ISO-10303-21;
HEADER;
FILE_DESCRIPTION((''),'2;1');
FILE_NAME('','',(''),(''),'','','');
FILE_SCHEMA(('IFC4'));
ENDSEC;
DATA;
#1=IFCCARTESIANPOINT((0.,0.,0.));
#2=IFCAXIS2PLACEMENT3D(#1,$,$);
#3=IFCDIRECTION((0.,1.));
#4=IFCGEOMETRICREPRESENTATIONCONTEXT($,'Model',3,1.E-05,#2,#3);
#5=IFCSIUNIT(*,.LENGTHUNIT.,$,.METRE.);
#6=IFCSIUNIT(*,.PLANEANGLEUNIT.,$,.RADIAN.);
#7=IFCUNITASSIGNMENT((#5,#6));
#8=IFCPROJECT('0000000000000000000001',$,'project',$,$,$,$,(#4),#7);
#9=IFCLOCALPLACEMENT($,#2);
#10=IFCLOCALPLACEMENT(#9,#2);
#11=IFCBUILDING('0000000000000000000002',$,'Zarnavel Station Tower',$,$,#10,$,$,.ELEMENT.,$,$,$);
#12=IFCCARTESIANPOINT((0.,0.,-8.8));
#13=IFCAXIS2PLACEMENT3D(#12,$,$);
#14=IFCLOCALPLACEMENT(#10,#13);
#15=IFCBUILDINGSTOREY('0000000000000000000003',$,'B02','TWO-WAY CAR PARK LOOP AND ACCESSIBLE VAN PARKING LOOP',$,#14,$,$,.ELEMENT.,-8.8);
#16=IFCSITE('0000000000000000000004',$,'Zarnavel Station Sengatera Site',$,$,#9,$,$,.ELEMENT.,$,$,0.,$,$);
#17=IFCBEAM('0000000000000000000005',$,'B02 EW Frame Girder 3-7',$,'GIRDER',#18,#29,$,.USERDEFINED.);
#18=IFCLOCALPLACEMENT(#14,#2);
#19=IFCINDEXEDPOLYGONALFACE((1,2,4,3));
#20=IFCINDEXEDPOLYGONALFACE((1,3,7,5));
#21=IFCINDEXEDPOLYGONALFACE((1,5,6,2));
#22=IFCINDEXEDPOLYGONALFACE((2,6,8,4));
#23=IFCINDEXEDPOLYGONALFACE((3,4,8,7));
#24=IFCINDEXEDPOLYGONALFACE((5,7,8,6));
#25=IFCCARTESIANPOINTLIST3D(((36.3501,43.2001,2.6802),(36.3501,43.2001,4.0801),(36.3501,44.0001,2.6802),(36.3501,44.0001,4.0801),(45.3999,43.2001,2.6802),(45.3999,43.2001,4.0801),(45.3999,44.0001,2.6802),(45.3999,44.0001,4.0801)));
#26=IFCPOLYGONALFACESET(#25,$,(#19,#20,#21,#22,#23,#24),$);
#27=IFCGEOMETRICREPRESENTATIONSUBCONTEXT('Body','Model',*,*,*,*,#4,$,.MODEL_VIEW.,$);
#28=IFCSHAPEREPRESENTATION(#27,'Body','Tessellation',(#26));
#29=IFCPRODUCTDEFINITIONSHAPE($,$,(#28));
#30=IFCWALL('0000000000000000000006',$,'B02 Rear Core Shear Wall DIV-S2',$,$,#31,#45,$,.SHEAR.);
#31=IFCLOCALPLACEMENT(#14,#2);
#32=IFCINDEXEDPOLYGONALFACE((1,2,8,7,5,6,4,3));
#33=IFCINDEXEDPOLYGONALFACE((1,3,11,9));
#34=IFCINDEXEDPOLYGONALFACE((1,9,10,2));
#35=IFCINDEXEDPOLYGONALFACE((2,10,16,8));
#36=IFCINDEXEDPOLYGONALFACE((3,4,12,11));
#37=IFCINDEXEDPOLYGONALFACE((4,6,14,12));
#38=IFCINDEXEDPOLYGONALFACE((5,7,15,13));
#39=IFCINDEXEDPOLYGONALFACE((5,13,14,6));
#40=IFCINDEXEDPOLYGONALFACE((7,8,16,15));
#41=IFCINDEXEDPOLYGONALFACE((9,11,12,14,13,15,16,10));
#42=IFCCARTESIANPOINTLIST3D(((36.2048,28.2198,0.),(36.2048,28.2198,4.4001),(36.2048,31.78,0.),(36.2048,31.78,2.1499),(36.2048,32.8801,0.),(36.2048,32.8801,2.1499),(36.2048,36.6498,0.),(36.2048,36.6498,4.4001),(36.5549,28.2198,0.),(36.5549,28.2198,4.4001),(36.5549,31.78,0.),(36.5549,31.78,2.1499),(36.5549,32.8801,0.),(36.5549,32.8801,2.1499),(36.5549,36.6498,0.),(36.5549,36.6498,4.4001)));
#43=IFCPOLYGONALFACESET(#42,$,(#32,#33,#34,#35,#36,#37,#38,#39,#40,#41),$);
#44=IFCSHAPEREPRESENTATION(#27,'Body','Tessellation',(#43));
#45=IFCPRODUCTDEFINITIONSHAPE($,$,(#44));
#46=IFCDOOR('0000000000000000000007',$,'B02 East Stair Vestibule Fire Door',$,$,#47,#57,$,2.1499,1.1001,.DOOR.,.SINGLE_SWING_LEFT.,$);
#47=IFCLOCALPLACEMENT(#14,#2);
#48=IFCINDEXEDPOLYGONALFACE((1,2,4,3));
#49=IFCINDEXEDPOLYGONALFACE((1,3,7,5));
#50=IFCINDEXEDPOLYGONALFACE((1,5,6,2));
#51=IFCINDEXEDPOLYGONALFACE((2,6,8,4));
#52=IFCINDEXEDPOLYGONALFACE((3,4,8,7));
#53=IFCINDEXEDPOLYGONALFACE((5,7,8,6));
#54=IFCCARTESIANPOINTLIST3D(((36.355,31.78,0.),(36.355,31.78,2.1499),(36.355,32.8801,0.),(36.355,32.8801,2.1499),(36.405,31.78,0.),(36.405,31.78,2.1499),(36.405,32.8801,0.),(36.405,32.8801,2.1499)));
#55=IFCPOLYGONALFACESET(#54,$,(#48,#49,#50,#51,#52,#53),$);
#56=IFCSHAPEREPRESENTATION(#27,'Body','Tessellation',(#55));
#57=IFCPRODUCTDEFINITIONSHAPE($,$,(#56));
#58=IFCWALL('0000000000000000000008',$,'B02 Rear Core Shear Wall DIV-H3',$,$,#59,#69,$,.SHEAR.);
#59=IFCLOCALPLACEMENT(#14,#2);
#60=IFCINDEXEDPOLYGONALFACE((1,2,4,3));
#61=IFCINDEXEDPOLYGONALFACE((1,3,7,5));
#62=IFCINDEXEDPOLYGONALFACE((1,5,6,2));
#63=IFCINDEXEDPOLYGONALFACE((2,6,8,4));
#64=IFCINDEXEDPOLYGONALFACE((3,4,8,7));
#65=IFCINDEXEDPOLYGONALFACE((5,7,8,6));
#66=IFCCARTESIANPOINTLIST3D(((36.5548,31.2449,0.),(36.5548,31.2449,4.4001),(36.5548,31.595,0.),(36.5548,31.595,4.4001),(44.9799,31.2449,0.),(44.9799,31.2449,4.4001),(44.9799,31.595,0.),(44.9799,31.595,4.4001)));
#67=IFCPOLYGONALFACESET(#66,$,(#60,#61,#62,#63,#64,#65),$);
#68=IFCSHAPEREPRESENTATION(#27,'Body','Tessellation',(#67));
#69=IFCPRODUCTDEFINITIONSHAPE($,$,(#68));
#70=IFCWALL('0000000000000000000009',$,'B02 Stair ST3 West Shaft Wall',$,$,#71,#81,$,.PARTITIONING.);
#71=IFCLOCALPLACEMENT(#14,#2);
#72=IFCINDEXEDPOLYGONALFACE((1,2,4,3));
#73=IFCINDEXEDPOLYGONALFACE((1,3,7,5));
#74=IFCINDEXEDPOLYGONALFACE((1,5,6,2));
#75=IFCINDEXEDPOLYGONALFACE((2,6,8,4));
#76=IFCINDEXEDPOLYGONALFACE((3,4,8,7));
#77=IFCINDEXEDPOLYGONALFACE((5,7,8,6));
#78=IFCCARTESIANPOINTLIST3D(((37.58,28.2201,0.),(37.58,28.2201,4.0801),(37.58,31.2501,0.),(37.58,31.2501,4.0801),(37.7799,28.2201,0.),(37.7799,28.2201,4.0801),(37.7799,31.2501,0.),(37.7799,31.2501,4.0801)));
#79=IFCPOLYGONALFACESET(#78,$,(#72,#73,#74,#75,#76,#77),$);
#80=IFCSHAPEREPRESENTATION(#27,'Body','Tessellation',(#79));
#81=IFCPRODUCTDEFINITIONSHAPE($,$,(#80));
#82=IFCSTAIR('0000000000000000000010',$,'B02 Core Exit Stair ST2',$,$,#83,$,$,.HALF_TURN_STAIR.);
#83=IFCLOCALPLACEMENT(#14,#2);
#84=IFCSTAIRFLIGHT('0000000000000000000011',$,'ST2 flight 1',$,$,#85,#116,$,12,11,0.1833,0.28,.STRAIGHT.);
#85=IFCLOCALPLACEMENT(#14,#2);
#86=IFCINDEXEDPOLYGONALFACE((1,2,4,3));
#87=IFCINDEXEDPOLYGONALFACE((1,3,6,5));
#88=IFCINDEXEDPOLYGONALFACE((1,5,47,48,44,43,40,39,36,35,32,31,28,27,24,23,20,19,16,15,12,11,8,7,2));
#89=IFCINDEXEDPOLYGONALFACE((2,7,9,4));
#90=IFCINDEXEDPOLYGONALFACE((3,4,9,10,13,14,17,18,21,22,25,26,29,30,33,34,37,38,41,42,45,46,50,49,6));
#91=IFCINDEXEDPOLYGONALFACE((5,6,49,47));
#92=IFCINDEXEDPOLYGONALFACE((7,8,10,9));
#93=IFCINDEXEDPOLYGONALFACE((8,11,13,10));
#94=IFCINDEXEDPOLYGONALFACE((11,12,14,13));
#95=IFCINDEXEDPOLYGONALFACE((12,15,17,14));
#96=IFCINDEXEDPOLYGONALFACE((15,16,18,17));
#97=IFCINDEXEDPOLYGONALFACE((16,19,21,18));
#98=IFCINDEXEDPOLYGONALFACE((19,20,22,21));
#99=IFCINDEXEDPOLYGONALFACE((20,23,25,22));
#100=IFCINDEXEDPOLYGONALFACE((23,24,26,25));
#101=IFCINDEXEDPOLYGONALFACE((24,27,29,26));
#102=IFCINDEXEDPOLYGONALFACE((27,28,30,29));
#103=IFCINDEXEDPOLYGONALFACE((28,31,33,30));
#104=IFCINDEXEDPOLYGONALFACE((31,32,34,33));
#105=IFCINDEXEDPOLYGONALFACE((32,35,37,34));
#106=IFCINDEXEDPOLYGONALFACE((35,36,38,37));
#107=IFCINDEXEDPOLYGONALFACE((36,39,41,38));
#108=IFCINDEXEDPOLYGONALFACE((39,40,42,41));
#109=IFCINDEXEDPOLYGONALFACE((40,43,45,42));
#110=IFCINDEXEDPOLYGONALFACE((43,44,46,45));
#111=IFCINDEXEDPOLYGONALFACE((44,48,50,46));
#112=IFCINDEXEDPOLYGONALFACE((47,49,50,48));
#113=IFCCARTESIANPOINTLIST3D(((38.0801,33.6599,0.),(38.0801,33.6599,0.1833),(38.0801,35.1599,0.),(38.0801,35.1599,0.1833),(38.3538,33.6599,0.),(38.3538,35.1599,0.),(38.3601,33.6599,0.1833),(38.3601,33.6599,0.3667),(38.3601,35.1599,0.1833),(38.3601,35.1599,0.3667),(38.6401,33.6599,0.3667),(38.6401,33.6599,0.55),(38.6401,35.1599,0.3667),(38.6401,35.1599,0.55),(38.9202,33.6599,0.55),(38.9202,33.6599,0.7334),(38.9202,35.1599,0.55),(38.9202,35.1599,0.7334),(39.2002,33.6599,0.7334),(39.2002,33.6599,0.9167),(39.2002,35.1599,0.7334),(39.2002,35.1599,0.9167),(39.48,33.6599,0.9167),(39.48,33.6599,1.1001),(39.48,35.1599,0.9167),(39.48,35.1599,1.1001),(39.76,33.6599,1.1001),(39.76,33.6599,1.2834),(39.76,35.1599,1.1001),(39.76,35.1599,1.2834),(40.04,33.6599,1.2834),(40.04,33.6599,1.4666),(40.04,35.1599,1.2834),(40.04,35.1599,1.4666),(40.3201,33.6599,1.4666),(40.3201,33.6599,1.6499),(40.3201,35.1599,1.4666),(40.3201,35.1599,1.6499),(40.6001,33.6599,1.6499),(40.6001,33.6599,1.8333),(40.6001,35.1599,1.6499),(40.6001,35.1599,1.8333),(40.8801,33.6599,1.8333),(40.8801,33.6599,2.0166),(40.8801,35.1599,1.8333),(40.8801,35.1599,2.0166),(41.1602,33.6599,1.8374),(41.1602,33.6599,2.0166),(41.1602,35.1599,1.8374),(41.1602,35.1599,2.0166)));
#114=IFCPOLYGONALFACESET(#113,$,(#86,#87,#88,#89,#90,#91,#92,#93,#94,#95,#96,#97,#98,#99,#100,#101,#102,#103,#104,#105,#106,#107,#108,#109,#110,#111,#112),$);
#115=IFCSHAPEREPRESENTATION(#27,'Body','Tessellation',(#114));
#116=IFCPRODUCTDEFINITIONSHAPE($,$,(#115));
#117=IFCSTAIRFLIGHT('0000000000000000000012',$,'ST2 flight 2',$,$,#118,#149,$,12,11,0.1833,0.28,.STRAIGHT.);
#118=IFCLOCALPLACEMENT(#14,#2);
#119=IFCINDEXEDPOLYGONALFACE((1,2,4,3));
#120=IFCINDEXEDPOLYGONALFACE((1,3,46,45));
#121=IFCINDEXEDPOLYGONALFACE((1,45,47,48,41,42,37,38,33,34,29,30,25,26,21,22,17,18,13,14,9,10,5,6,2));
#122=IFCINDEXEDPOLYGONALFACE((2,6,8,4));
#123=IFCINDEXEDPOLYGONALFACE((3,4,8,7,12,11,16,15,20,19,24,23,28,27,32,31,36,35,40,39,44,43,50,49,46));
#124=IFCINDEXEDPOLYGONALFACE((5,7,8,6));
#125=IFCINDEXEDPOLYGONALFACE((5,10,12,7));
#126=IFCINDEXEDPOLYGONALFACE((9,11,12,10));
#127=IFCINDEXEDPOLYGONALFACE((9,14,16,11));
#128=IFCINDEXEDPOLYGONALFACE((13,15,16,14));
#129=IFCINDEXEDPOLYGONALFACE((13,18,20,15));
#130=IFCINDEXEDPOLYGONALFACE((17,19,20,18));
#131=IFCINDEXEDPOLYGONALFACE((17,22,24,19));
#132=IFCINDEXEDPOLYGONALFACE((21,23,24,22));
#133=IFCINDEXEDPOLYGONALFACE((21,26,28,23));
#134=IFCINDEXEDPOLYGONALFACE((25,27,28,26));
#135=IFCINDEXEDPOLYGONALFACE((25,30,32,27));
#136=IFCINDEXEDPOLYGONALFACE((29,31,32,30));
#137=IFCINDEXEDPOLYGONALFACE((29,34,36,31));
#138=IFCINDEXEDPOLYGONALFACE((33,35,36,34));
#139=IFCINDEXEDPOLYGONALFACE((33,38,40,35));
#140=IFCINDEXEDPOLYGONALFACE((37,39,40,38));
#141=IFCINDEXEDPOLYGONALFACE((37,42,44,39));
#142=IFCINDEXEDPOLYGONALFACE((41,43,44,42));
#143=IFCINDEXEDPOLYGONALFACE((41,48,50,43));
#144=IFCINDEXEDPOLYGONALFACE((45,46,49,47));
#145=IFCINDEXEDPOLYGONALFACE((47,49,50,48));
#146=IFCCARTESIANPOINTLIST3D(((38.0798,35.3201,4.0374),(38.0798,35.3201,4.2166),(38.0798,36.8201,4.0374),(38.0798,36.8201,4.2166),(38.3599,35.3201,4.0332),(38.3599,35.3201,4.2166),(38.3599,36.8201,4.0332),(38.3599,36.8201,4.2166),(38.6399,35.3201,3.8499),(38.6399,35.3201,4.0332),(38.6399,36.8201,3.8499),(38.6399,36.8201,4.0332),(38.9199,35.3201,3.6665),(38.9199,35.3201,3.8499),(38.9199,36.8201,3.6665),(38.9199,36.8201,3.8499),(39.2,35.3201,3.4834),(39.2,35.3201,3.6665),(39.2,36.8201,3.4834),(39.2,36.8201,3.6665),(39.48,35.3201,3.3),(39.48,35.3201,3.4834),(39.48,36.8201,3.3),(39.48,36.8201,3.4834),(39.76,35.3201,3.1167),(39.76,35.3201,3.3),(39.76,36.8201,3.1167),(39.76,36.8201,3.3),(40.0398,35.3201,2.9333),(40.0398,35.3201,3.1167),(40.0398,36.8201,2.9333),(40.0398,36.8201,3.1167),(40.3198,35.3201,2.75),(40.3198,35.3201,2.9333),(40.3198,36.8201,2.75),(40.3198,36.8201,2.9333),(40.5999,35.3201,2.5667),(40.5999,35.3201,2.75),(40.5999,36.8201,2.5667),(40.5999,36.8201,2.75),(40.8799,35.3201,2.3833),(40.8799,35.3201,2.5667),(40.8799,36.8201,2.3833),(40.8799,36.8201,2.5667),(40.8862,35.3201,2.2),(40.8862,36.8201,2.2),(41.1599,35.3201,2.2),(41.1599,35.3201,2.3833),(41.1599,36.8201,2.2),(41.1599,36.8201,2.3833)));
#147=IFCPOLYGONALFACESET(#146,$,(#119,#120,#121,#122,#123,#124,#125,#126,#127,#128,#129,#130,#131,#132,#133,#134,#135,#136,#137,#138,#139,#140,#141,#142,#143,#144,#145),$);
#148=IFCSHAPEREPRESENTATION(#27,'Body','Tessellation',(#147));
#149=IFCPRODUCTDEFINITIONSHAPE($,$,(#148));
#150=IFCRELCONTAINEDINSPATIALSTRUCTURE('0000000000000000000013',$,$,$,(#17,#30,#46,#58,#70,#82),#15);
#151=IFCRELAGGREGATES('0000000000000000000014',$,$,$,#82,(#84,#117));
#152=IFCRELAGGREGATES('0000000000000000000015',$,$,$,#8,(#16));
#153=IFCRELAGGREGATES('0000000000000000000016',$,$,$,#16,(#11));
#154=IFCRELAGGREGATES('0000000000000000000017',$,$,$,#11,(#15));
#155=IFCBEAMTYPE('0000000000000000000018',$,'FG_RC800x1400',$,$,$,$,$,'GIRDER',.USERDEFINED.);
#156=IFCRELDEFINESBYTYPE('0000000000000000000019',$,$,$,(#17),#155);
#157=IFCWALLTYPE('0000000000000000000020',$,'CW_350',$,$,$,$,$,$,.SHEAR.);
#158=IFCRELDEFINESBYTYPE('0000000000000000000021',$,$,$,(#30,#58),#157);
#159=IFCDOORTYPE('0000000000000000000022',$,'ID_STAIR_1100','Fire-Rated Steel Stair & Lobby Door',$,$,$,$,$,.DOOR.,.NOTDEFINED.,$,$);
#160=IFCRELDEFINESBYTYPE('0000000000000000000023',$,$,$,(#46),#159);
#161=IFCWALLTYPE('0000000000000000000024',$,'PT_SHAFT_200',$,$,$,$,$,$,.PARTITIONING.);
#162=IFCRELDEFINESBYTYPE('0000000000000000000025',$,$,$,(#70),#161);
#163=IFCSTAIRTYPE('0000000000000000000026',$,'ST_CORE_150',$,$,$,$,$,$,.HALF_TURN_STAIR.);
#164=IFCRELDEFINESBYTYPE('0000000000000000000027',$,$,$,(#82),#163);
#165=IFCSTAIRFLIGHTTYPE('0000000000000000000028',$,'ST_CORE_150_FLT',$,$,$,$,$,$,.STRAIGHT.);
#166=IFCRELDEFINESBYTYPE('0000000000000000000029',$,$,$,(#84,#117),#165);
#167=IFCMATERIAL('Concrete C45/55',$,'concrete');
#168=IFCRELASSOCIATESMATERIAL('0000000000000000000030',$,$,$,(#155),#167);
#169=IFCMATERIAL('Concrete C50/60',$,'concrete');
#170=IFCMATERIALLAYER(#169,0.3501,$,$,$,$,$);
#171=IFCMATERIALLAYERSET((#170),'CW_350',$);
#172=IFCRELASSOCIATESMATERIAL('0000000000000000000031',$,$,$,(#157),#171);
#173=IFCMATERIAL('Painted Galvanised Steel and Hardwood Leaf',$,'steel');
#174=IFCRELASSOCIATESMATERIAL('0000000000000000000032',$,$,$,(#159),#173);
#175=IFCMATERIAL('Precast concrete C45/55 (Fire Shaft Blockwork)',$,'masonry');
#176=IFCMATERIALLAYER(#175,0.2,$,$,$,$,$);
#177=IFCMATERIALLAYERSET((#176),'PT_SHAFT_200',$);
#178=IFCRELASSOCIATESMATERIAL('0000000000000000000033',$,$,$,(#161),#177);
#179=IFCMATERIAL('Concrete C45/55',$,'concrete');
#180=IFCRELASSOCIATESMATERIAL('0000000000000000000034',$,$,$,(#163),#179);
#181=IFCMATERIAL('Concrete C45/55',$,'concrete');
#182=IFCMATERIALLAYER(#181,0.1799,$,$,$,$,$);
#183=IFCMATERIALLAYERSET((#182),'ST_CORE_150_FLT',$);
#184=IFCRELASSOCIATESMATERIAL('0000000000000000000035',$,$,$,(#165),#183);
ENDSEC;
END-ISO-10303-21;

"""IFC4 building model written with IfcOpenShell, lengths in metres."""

from ifc_helpers import new_model, si_unit, direction, frame, frame_2d, origin, origin_2d, place, context, subcontext, project, spatial, polyline, rectangle, outline, extrude, material, layer, layer_set, material_profile, profile_set, type_object, element, fill, aggregate, save


model = new_model("IFC4")

# Units and contexts
model_context = context("Model", 3, precision=1e-05, world=origin(), true_north=direction((0.0, 1.0)))
body_context = subcontext(model_context, "Body", "Model", "MODEL_VIEW")
ifc_project = project(units=[si_unit("LENGTHUNIT", "METRE"), si_unit("PLANEANGLEUNIT", "RADIAN")], contexts=[model_context])

# Site, building, storey
site_placement = place(None, origin())
site = spatial("IfcSite", under=ifc_project, at=site_placement, Name="Zarnavel Station Sengatera Site", CompositionType="ELEMENT", RefElevation=0.0)
building_placement = place(site_placement, origin())
building = spatial("IfcBuilding", under=site, at=building_placement, Name="Zarnavel Station Tower", CompositionType="ELEMENT")
storey_placement = place(building_placement, frame((0.0, 0.0, -8.8)))
storey = spatial("IfcBuildingStorey", under=building, at=storey_placement, Name="B02", Description="TWO-WAY CAR PARK LOOP AND ACCESSIBLE VAN PARKING LOOP", CompositionType="ELEMENT", Elevation=-8.8)

# Beam
ifc_material_1 = material(Name="Concrete C45/55", Category="concrete")
ifc_material_profile = material_profile(ifc_material_1, rectangle(XDim=0.8, YDim=1.3999, at=origin_2d()), Name="RC800x1400")
ifc_profile_set = profile_set([ifc_material_profile], Name="Concrete C45/55")
beam_type = type_object("IfcBeamType", Name="FG_RC800x1400", ElementType="GIRDER", PredefinedType="USERDEFINED", material=ifc_profile_set)
beam_placement = place(storey_placement, frame((36.3501, 43.6001, 3.3801), z_axis=(1.0, 0.0, 0.0), x_axis=(0.0, 1.0, 0.0)))
element("IfcBeam", 1, at=beam_placement, inside=storey, type_object=beam_type, Name="B02 EW Frame Girder 3-7", ObjectType="GIRDER", PredefinedType="USERDEFINED", context=body_context, shape_type="SweptSolid", body=[
    extrude(rectangle(XDim=0.8, YDim=1.3999, at=origin_2d()), origin(), (0.0, 0.0, 1.0), 9.0498),
])

# Wall, opening, door
ifc_material_2 = material(Name="Concrete C50/60", Category="concrete")
ifc_layer_1 = layer(ifc_material_2, 0.3501)
ifc_layer_set_1 = layer_set([ifc_layer_1], Name="CW_350")
wall_type_1 = type_object("IfcWallType", Name="CW_350", PredefinedType="SHEAR", material=ifc_layer_set_1)
wall_1_placement = place(storey_placement, frame((36.3799, 28.22, 0.0), z_axis=(0.0, 0.0, 1.0), x_axis=(0.0, 1.0, 0.0)))
wall_1 = element("IfcWall", 2, at=wall_1_placement, inside=storey, type_object=wall_type_1, Name="B02 Rear Core Shear Wall DIV-S2", PredefinedType="SHEAR", context=body_context, shape_type="SweptSolid", body=[
    extrude(rectangle(XDim=8.4299, YDim=0.3501, at=frame_2d((4.2148, 0.0))), origin(), (0.0, 0.0, 1.0), 4.4001),
])
opening_1_placement = place(wall_1_placement, frame((3.5601, 0.0, 0.0)))
opening_1 = element("IfcOpeningElement", 3, at=opening_1_placement, cuts=wall_1, PredefinedType="OPENING", context=body_context, shape_type="SweptSolid", body=[
    extrude(rectangle(XDim=1.1001, YDim=2.1499, at=frame_2d((0.55, 1.075))), frame((0.0, 0.1851, 0.0), z_axis=(0.0, -1.0, 0.0), x_axis=(1.0, 0.0, 0.0)), (0.0, 0.0, 1.0), 0.3701),
])
ifc_material_3 = material(Name="Painted Galvanised Steel and Hardwood Leaf", Category="steel")
door_type_1 = type_object("IfcDoorType", Name="ID_STAIR_1100", Description="Fire-Rated Steel Stair & Lobby Door", OperationType="NOTDEFINED", PredefinedType="DOOR", material=ifc_material_3)
door_1_placement = place(opening_1_placement, origin())
door_1 = element("IfcDoor", 4, at=door_1_placement, inside=storey, type_object=door_type_1, Name="B02 East Stair Vestibule Fire Door", OperationType="SINGLE_SWING_LEFT", OverallHeight=2.1499, OverallWidth=1.1001, PredefinedType="DOOR", context=body_context, shape_type="SweptSolid", body=[
    extrude(rectangle(XDim=1.1001, YDim=2.1499, at=frame_2d((0.55, 1.075))), frame((0.0, 0.0249, 0.0), z_axis=(0.0, -1.0, 0.0), x_axis=(1.0, 0.0, 0.0)), (0.0, 0.0, 1.0), 0.05),
])
fill(opening_1, door_1)

# Walls
wall_2_placement = place(storey_placement, frame((36.5549, 31.4199, 0.0), z_axis=(0.0, 0.0, 1.0), x_axis=(1.0, 0.0, 0.0)))
element("IfcWall", 5, at=wall_2_placement, inside=storey, type_object=wall_type_1, Name="B02 Rear Core Shear Wall DIV-H3", PredefinedType="SHEAR", context=body_context, shape_type="SweptSolid", body=[
    extrude(rectangle(XDim=8.425, YDim=0.3501, at=frame_2d((4.2124, 0.0))), origin(), (0.0, 0.0, 1.0), 4.4001),
])
ifc_material_4 = material(Name="Precast concrete C45/55 (Fire Shaft Blockwork)", Category="masonry")
ifc_layer_2 = layer(ifc_material_4, 0.2)
ifc_layer_set_2 = layer_set([ifc_layer_2], Name="PT_SHAFT_200")
wall_type_2 = type_object("IfcWallType", Name="PT_SHAFT_200", PredefinedType="PARTITIONING", material=ifc_layer_set_2)
wall_3_placement = place(storey_placement, frame((37.6799, 28.22, 0.0), z_axis=(0.0, 0.0, 1.0), x_axis=(0.0, 1.0, 0.0)))
element("IfcWall", 6, at=wall_3_placement, inside=storey, type_object=wall_type_2, Name="B02 Stair ST3 West Shaft Wall", PredefinedType="PARTITIONING", context=body_context, shape_type="SweptSolid", body=[
    extrude(rectangle(XDim=3.03, YDim=0.2, at=frame_2d((1.5151, 0.0))), origin(), (0.0, 0.0, 1.0), 4.0801),
])

# Stair, stair flights
ifc_material_5 = material(Name="Concrete C45/55", Category="concrete")
stair_type = type_object("IfcStairType", Name="ST_CORE_150", PredefinedType="HALF_TURN_STAIR", material=ifc_material_5)
stair_1_placement = place(storey_placement, origin())
stair_1 = element("IfcStair", 7, at=stair_1_placement, inside=storey, type_object=stair_type, Name="B02 Core Exit Stair ST2", PredefinedType="HALF_TURN_STAIR")
ifc_material_6 = material(Name="Concrete C45/55", Category="concrete")
ifc_layer_3 = layer(ifc_material_6, 0.1799)
ifc_layer_set_3 = layer_set([ifc_layer_3], Name="ST_CORE_150_FLT")
stair_flight_type = type_object("IfcStairFlightType", Name="ST_CORE_150_FLT", PredefinedType="STRAIGHT", material=ifc_layer_set_3)
stair_flight_1_placement = place(storey_placement, frame((38.0801, 34.4099, 0.0), z_axis=(0.0, 0.0, 1.0), x_axis=(1.0, 0.0, 0.0)))
stair_flight_1 = element("IfcStairFlight", 8, at=stair_flight_1_placement, type_object=stair_flight_type, Name="ST2 flight 1", NumberOfRisers=12, NumberOfTreads=11, PredefinedType="STRAIGHT", RiserHeight=0.1833, TreadLength=0.28, context=body_context, shape_type="SweptSolid", body=[
    extrude(outline(polyline([(0.0, 0.0), (0.0, 0.1833), (0.28, 0.1833), (0.28, 0.3667), (0.5601, 0.3667), (0.5601, 0.55), (0.8401, 0.55), (0.8401, 0.7334), (1.1201, 0.7334), (1.1201, 0.9167), (1.3999, 0.9167), (1.3999, 1.1001), (1.6799, 1.1001), (1.6799, 1.2834), (1.96, 1.2834), (1.96, 1.4666), (2.24, 1.4666), (2.24, 1.6499), (2.52, 1.6499), (2.52, 1.8333), (2.8, 1.8333), (2.8, 2.0166), (3.0801, 2.0166), (3.0801, 2.2), (3.0801, 1.8374), (0.2737, 0.0), (0.0, 0.0)])), frame((0.0, 0.75, 0.0), z_axis=(0.0, -1.0, 0.0), x_axis=(1.0, 0.0, 0.0)), (0.0, 0.0, 1.0), 1.5),
])
stair_flight_2_placement = place(storey_placement, frame((41.1599, 36.0701, 2.2), z_axis=(0.0, 0.0, 1.0), x_axis=(-1.0, 0.0, 0.0)))
stair_flight_2 = element("IfcStairFlight", 9, at=stair_flight_2_placement, type_object=stair_flight_type, Name="ST2 flight 2", NumberOfRisers=12, NumberOfTreads=11, PredefinedType="STRAIGHT", RiserHeight=0.1833, TreadLength=0.28, context=body_context, shape_type="SweptSolid", body=[
    extrude(outline(polyline([(0.0, 0.0), (0.0, 0.1833), (0.28, 0.1833), (0.28, 0.3667), (0.5601, 0.3667), (0.5601, 0.55), (0.8401, 0.55), (0.8401, 0.7334), (1.1201, 0.7334), (1.1201, 0.9167), (1.3999, 0.9167), (1.3999, 1.1001), (1.6799, 1.1001), (1.6799, 1.2834), (1.96, 1.2834), (1.96, 1.4666), (2.24, 1.4666), (2.24, 1.6499), (2.52, 1.6499), (2.52, 1.8333), (2.8, 1.8333), (2.8, 2.0166), (3.0801, 2.0166), (3.0801, 2.2), (3.0801, 1.8374), (0.2737, 0.0), (0.0, 0.0)])), frame((0.0, 0.75, 0.0), z_axis=(0.0, -1.0, 0.0), x_axis=(1.0, 0.0, 0.0)), (0.0, 0.0, 1.0), 1.5),
])
aggregate(stair_1, [stair_flight_1, stair_flight_2])

save(model, "model.ifc")
